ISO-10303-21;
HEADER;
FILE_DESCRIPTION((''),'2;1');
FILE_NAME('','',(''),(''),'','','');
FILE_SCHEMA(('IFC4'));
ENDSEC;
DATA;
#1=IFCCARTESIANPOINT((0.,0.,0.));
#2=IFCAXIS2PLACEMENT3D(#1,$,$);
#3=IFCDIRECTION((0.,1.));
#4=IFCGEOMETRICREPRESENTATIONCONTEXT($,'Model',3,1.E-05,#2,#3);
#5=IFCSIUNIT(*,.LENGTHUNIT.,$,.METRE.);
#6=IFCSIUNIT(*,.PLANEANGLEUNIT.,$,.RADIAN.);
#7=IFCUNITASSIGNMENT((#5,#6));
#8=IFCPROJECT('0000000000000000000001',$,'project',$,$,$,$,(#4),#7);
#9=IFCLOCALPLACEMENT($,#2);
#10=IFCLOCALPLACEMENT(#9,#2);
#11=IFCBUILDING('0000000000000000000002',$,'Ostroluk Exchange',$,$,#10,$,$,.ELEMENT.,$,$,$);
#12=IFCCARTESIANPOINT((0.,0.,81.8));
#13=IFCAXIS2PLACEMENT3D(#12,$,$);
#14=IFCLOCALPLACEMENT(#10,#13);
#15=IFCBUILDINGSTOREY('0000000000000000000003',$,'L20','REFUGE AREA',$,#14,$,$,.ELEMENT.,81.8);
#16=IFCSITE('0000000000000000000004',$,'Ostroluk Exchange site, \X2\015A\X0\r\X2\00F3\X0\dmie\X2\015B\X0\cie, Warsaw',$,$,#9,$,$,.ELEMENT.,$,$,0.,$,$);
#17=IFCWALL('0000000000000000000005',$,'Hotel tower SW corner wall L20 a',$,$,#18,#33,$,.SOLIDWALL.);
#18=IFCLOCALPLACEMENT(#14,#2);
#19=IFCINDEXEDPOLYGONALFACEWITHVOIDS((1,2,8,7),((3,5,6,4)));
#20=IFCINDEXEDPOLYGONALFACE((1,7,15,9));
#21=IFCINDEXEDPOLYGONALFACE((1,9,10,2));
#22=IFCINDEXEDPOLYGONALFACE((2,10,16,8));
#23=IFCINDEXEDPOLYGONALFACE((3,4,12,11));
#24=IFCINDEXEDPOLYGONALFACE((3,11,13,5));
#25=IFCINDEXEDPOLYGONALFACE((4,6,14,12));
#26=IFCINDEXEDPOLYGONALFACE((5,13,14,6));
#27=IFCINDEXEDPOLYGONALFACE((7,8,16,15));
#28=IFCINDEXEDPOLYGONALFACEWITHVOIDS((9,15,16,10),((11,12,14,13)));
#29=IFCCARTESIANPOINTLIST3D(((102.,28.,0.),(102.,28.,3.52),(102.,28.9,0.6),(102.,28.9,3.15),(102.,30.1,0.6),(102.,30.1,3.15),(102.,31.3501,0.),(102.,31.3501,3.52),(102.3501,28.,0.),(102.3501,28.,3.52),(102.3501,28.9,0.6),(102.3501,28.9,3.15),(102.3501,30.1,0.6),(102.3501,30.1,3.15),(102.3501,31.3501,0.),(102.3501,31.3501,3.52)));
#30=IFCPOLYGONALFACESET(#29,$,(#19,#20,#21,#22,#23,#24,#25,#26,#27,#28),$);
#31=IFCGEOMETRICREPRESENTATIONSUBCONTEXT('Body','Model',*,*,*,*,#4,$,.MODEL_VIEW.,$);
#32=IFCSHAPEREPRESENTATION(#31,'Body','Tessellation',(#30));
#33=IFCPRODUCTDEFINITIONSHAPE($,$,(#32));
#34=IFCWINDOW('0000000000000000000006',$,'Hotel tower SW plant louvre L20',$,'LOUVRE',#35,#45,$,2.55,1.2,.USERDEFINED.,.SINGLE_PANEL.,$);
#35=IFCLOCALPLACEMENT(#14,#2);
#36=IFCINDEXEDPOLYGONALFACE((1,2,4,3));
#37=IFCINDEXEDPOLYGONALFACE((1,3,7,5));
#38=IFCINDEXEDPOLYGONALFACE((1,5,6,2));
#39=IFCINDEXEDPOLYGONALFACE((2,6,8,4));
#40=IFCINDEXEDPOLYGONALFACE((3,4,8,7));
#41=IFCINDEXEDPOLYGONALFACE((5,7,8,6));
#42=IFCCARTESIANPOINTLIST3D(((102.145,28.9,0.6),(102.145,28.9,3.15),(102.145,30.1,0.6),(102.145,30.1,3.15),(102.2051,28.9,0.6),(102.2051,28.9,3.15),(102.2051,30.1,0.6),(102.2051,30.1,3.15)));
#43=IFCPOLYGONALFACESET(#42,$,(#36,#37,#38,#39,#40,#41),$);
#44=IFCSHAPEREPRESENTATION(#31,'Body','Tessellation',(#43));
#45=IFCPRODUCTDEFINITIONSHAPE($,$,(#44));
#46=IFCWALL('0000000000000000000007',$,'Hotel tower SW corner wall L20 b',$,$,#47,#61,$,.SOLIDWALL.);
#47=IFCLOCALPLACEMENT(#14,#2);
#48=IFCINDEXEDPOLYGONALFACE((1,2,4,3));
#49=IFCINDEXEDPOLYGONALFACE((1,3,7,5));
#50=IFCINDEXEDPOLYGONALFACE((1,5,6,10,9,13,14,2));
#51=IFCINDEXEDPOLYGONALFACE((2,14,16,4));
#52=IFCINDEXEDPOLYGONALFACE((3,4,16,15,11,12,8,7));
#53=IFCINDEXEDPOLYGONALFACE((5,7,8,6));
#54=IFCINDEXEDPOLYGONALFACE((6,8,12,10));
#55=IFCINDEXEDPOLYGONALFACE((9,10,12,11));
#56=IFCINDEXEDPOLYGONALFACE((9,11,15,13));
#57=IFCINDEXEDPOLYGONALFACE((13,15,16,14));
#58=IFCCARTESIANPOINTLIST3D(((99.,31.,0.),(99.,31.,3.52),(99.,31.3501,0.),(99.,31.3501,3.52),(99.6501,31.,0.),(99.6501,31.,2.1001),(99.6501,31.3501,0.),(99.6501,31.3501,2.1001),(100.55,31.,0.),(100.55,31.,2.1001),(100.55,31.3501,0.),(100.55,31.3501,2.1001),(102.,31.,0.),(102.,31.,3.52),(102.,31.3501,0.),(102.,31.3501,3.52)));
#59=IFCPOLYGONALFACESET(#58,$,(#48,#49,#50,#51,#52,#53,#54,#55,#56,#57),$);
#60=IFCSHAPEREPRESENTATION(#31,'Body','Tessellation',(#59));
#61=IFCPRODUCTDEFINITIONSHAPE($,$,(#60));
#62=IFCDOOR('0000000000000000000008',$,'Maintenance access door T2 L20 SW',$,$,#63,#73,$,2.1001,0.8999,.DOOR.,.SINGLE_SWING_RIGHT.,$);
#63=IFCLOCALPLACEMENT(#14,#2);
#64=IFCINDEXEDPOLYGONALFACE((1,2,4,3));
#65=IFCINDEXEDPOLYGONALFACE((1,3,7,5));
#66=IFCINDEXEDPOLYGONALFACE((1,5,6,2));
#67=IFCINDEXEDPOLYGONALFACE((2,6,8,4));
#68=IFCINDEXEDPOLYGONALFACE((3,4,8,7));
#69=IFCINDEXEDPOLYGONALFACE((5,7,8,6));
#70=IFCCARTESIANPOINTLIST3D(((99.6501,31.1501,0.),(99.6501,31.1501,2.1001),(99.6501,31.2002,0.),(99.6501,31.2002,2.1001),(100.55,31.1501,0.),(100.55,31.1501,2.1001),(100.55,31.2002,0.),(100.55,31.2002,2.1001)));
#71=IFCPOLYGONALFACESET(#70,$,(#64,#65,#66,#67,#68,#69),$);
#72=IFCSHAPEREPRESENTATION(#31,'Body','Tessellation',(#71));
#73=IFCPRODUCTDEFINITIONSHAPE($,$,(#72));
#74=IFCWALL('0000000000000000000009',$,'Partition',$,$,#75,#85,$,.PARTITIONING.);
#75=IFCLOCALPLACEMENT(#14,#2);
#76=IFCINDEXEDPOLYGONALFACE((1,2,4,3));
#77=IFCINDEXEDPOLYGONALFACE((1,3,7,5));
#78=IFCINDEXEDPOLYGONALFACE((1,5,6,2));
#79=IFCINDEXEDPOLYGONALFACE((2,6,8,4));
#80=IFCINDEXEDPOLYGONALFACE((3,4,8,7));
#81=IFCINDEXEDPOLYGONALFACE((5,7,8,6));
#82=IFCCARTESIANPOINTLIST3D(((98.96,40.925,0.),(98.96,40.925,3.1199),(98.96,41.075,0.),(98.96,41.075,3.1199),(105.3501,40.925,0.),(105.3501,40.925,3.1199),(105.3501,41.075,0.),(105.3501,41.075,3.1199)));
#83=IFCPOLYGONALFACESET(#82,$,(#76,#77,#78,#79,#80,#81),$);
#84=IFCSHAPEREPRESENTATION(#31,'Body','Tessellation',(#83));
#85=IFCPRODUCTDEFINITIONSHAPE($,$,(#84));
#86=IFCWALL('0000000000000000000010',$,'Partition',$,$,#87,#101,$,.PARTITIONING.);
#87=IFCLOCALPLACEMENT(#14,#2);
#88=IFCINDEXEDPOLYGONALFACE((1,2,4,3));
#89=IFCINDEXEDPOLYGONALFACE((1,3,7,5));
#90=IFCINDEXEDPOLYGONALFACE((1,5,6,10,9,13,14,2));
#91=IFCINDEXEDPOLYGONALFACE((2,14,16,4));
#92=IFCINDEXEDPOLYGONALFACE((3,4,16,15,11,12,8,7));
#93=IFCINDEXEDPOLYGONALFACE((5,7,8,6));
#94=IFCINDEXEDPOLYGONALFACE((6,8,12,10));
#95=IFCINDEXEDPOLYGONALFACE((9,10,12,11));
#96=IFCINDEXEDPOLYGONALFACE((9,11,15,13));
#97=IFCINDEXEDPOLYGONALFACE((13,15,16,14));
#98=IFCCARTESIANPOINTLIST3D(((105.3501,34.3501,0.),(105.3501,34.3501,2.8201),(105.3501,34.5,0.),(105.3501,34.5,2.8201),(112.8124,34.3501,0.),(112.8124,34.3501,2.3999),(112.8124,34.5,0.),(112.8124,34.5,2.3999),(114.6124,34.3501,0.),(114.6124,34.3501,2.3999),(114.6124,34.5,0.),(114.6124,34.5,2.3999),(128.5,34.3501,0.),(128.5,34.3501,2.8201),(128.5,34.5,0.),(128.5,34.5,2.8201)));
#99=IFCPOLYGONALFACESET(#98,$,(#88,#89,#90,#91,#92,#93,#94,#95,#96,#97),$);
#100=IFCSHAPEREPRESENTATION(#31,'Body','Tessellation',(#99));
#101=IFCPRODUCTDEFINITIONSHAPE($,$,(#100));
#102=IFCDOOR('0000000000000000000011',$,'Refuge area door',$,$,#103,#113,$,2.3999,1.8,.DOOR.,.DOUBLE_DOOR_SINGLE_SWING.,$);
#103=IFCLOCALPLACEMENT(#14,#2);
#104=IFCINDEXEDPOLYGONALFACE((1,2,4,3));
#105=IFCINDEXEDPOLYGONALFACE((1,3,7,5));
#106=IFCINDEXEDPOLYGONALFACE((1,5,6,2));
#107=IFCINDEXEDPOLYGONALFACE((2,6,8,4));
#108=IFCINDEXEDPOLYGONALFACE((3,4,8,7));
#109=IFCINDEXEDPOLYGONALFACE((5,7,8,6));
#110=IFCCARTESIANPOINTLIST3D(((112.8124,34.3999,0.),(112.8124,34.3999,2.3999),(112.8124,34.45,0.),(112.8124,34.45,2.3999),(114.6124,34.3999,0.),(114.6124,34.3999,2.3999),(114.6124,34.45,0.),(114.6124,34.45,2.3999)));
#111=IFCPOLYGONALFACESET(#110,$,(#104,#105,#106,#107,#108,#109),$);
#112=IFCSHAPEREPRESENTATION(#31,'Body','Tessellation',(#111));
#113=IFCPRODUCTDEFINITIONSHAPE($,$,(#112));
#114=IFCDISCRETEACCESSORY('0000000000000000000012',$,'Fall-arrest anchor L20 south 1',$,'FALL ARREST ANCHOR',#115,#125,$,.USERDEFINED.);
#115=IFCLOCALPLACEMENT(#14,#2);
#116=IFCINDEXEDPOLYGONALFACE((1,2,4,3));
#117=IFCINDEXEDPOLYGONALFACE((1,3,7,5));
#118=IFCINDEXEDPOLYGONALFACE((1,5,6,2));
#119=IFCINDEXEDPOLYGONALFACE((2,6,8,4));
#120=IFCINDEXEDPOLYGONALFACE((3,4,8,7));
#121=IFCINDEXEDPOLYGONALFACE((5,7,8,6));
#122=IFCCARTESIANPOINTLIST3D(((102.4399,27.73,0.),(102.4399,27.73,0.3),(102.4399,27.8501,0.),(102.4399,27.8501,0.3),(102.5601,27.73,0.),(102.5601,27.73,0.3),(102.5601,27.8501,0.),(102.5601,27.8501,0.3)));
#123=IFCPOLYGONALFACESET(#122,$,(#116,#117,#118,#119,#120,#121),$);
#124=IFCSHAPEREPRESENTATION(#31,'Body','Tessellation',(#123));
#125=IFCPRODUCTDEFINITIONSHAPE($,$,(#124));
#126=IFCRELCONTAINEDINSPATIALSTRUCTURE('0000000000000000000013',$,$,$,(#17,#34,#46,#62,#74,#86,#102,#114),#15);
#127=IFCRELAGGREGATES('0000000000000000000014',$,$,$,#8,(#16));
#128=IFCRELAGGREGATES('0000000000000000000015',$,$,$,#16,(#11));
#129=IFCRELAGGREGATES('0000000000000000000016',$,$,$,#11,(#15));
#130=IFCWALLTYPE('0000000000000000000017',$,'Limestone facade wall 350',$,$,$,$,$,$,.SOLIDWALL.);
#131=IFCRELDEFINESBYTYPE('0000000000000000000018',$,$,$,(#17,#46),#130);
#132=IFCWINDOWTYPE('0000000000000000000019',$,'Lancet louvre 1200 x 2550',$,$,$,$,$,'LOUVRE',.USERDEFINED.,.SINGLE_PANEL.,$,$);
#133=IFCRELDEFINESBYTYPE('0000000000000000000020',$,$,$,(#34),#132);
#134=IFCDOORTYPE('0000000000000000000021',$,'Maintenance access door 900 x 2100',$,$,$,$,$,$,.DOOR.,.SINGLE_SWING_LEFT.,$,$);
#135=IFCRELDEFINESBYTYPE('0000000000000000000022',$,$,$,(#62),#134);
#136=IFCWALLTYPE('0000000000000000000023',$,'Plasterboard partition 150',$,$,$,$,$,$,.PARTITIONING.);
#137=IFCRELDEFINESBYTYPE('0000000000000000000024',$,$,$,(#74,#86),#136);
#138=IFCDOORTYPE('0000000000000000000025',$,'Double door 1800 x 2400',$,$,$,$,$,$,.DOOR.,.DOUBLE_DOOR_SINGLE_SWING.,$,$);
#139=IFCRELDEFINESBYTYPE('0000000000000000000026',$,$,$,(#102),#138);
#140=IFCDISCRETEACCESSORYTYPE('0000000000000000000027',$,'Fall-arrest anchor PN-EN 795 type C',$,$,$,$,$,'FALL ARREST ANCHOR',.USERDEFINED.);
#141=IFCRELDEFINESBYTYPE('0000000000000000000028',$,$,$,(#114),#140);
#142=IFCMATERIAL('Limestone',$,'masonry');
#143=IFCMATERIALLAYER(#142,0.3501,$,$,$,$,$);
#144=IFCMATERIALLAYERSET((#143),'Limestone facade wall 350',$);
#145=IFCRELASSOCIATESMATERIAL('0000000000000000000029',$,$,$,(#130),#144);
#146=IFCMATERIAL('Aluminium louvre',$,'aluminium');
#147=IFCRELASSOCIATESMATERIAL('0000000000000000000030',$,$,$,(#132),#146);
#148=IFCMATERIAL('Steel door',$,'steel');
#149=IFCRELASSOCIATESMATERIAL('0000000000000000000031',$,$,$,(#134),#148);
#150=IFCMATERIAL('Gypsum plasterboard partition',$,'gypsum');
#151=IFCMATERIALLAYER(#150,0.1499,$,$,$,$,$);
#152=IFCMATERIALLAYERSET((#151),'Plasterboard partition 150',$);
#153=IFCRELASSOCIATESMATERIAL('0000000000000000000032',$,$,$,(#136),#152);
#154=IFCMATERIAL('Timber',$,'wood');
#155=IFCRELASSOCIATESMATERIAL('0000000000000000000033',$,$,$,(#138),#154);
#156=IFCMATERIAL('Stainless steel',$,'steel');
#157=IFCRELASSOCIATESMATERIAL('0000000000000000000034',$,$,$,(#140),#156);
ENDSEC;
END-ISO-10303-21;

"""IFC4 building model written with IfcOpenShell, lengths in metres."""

from ifc_helpers import new_model, si_unit, direction, frame, frame_2d, origin, origin_2d, place, context, subcontext, project, spatial, rectangle, extrude, material, layer, layer_set, type_object, element, fill, save


model = new_model("IFC4")

# Units and contexts
model_context = context("Model", 3, precision=1e-05, world=origin(), true_north=direction((0.0, 1.0)))
body_context = subcontext(model_context, "Body", "Model", "MODEL_VIEW")
ifc_project = project(units=[si_unit("LENGTHUNIT", "METRE"), si_unit("PLANEANGLEUNIT", "RADIAN")], contexts=[model_context])

# Site, building, storey
site_placement = place(None, origin())
site = spatial("IfcSite", under=ifc_project, at=site_placement, Name="Ostroluk Exchange site, Śródmieście, Warsaw", CompositionType="ELEMENT", RefElevation=0.0)
building_placement = place(site_placement, origin())
building = spatial("IfcBuilding", under=site, at=building_placement, Name="Ostroluk Exchange", CompositionType="ELEMENT")
storey_placement = place(building_placement, frame((0.0, 0.0, 81.8)))
storey = spatial("IfcBuildingStorey", under=building, at=storey_placement, Name="L20", Description="REFUGE AREA", CompositionType="ELEMENT", Elevation=81.8)

# Wall, opening, window
ifc_material_1 = material(Name="Limestone", Category="masonry")
ifc_layer_1 = layer(ifc_material_1, 0.3501)
ifc_layer_set_1 = layer_set([ifc_layer_1], Name="Limestone facade wall 350")
wall_type_1 = type_object("IfcWallType", Name="Limestone facade wall 350", PredefinedType="SOLIDWALL", material=ifc_layer_set_1)
wall_1_placement = place(storey_placement, frame((102.175, 28.0, 0.0), z_axis=(0.0, 0.0, 1.0), x_axis=(0.0, 1.0, 0.0)))
wall_1 = element("IfcWall", 1, at=wall_1_placement, inside=storey, type_object=wall_type_1, Name="Hotel tower SW corner wall L20 a", PredefinedType="SOLIDWALL", context=body_context, shape_type="SweptSolid", body=[
    extrude(rectangle(XDim=3.3501, YDim=0.3501, at=frame_2d((1.675, 0.0))), origin(), (0.0, 0.0, 1.0), 3.52),
])
opening_1_placement = place(wall_1_placement, frame((0.8999, 0.0, 0.6001)))
opening_1 = element("IfcOpeningElement", 2, at=opening_1_placement, cuts=wall_1, PredefinedType="OPENING", context=body_context, shape_type="SweptSolid", body=[
    extrude(rectangle(XDim=1.2, YDim=2.55, at=frame_2d((0.6001, 1.2749))), frame((0.0, 0.1851, 0.0), z_axis=(0.0, -1.0, 0.0), x_axis=(1.0, 0.0, 0.0)), (0.0, 0.0, 1.0), 0.3701),
])
ifc_material_2 = material(Name="Aluminium louvre", Category="aluminium")
window_type = type_object("IfcWindowType", Name="Lancet louvre 1200 x 2550", ElementType="LOUVRE", PartitioningType="SINGLE_PANEL", PredefinedType="USERDEFINED", material=ifc_material_2)
window_placement = place(opening_1_placement, origin())
window = element("IfcWindow", 3, at=window_placement, inside=storey, type_object=window_type, Name="Hotel tower SW plant louvre L20", ObjectType="LOUVRE", OverallHeight=2.55, OverallWidth=1.2, PartitioningType="SINGLE_PANEL", PredefinedType="USERDEFINED", context=body_context, shape_type="SweptSolid", body=[
    extrude(rectangle(XDim=1.2, YDim=2.55, at=frame_2d((0.6001, 1.2749))), frame((0.0, 0.03, 0.0), z_axis=(0.0, -1.0, 0.0), x_axis=(1.0, 0.0, 0.0)), (0.0, 0.0, 1.0), 0.0601),
])
fill(opening_1, window)

# Wall, opening, door
wall_2_placement = place(storey_placement, frame((102.0, 31.175, 0.0), z_axis=(0.0, 0.0, 1.0), x_axis=(-1.0, 0.0, 0.0)))
wall_2 = element("IfcWall", 4, at=wall_2_placement, inside=storey, type_object=wall_type_1, Name="Hotel tower SW corner wall L20 b", PredefinedType="SOLIDWALL", context=body_context, shape_type="SweptSolid", body=[
    extrude(rectangle(XDim=3.0, YDim=0.3501, at=frame_2d((1.5, 0.0))), origin(), (0.0, 0.0, 1.0), 3.52),
])
opening_2_placement = place(wall_2_placement, frame((1.45, 0.0, 0.0)))
opening_2 = element("IfcOpeningElement", 5, at=opening_2_placement, cuts=wall_2, PredefinedType="OPENING", context=body_context, shape_type="SweptSolid", body=[
    extrude(rectangle(XDim=0.8999, YDim=2.1001, at=frame_2d((0.45, 1.05))), frame((0.0, 0.1851, 0.0), z_axis=(0.0, -1.0, 0.0), x_axis=(1.0, 0.0, 0.0)), (0.0, 0.0, 1.0), 0.3701),
])
ifc_material_3 = material(Name="Steel door", Category="steel")
door_type_1 = type_object("IfcDoorType", Name="Maintenance access door 900 x 2100", OperationType="SINGLE_SWING_LEFT", PredefinedType="DOOR", material=ifc_material_3)
door_1_placement = place(opening_2_placement, origin())
door_1 = element("IfcDoor", 6, at=door_1_placement, inside=storey, type_object=door_type_1, Name="Maintenance access door T2 L20 SW", OperationType="SINGLE_SWING_RIGHT", OverallHeight=2.1001, OverallWidth=0.8999, PredefinedType="DOOR", context=body_context, shape_type="SweptSolid", body=[
    extrude(rectangle(XDim=0.8999, YDim=2.1001, at=frame_2d((0.45, 1.05))), frame((0.0, 0.0249, 0.0), z_axis=(0.0, -1.0, 0.0), x_axis=(1.0, 0.0, 0.0)), (0.0, 0.0, 1.0), 0.05),
])
fill(opening_2, door_1)

# Wall
ifc_material_4 = material(Name="Gypsum plasterboard partition", Category="gypsum")
ifc_layer_2 = layer(ifc_material_4, 0.1499)
ifc_layer_set_2 = layer_set([ifc_layer_2], Name="Plasterboard partition 150")
wall_type_2 = type_object("IfcWallType", Name="Plasterboard partition 150", PredefinedType="PARTITIONING", material=ifc_layer_set_2)
wall_3_placement = place(storey_placement, frame((105.3501, 41.0, 0.0), z_axis=(0.0, 0.0, 1.0), x_axis=(-1.0, 0.0, 0.0)))
element("IfcWall", 7, at=wall_3_placement, inside=storey, type_object=wall_type_2, Name="Partition", PredefinedType="PARTITIONING", context=body_context, shape_type="SweptSolid", body=[
    extrude(rectangle(XDim=6.3901, YDim=0.1499, at=frame_2d((3.1951, 0.0))), origin(), (0.0, 0.0, 1.0), 3.1199),
])

# Wall, opening, door
wall_4_placement = place(storey_placement, frame((105.3501, 34.425, 0.0), z_axis=(0.0, 0.0, 1.0), x_axis=(1.0, 0.0, 0.0)))
wall_4 = element("IfcWall", 8, at=wall_4_placement, inside=storey, type_object=wall_type_2, Name="Partition", PredefinedType="PARTITIONING", context=body_context, shape_type="SweptSolid", body=[
    extrude(rectangle(XDim=23.1499, YDim=0.1499, at=frame_2d((11.575, 0.0))), origin(), (0.0, 0.0, 1.0), 2.8201),
])
opening_3_placement = place(wall_4_placement, frame((7.4624, 0.0, 0.0)))
opening_3 = element("IfcOpeningElement", 9, at=opening_3_placement, cuts=wall_4, PredefinedType="OPENING", context=body_context, shape_type="SweptSolid", body=[
    extrude(rectangle(XDim=1.8, YDim=2.3999, at=frame_2d((0.8999, 1.2))), frame((0.0, 0.085, 0.0), z_axis=(0.0, -1.0, 0.0), x_axis=(1.0, 0.0, 0.0)), (0.0, 0.0, 1.0), 0.1699),
])
ifc_material_5 = material(Name="Timber", Category="wood")
door_type_2 = type_object("IfcDoorType", Name="Double door 1800 x 2400", OperationType="DOUBLE_DOOR_SINGLE_SWING", PredefinedType="DOOR", material=ifc_material_5)
door_2_placement = place(opening_3_placement, origin())
door_2 = element("IfcDoor", 10, at=door_2_placement, inside=storey, type_object=door_type_2, Name="Refuge area door", OperationType="DOUBLE_DOOR_SINGLE_SWING", OverallHeight=2.3999, OverallWidth=1.8, PredefinedType="DOOR", context=body_context, shape_type="SweptSolid", body=[
    extrude(rectangle(XDim=1.8, YDim=2.3999, at=frame_2d((0.8999, 1.2))), frame((0.0, 0.0249, 0.0), z_axis=(0.0, -1.0, 0.0), x_axis=(1.0, 0.0, 0.0)), (0.0, 0.0, 1.0), 0.05),
])
fill(opening_3, door_2)

# Discrete accessory
ifc_material_6 = material(Name="Stainless steel", Category="steel")
discrete_accessory_type = type_object("IfcDiscreteAccessoryType", Name="Fall-arrest anchor PN-EN 795 type C", ElementType="FALL ARREST ANCHOR", PredefinedType="USERDEFINED", material=ifc_material_6)
discrete_accessory_placement = place(storey_placement, frame((102.5, 27.79, 0.0), z_axis=(0.0, 0.0, 1.0), x_axis=(1.0, 0.0, 0.0)))
element("IfcDiscreteAccessory", 11, at=discrete_accessory_placement, inside=storey, type_object=discrete_accessory_type, Name="Fall-arrest anchor L20 south 1", ObjectType="FALL ARREST ANCHOR", PredefinedType="USERDEFINED", context=body_context, shape_type="SweptSolid", body=[
    extrude(rectangle(XDim=0.1201, YDim=0.1201, at=origin_2d()), origin(), (0.0, 0.0, 1.0), 0.3),
])

save(model, "model.ifc")
